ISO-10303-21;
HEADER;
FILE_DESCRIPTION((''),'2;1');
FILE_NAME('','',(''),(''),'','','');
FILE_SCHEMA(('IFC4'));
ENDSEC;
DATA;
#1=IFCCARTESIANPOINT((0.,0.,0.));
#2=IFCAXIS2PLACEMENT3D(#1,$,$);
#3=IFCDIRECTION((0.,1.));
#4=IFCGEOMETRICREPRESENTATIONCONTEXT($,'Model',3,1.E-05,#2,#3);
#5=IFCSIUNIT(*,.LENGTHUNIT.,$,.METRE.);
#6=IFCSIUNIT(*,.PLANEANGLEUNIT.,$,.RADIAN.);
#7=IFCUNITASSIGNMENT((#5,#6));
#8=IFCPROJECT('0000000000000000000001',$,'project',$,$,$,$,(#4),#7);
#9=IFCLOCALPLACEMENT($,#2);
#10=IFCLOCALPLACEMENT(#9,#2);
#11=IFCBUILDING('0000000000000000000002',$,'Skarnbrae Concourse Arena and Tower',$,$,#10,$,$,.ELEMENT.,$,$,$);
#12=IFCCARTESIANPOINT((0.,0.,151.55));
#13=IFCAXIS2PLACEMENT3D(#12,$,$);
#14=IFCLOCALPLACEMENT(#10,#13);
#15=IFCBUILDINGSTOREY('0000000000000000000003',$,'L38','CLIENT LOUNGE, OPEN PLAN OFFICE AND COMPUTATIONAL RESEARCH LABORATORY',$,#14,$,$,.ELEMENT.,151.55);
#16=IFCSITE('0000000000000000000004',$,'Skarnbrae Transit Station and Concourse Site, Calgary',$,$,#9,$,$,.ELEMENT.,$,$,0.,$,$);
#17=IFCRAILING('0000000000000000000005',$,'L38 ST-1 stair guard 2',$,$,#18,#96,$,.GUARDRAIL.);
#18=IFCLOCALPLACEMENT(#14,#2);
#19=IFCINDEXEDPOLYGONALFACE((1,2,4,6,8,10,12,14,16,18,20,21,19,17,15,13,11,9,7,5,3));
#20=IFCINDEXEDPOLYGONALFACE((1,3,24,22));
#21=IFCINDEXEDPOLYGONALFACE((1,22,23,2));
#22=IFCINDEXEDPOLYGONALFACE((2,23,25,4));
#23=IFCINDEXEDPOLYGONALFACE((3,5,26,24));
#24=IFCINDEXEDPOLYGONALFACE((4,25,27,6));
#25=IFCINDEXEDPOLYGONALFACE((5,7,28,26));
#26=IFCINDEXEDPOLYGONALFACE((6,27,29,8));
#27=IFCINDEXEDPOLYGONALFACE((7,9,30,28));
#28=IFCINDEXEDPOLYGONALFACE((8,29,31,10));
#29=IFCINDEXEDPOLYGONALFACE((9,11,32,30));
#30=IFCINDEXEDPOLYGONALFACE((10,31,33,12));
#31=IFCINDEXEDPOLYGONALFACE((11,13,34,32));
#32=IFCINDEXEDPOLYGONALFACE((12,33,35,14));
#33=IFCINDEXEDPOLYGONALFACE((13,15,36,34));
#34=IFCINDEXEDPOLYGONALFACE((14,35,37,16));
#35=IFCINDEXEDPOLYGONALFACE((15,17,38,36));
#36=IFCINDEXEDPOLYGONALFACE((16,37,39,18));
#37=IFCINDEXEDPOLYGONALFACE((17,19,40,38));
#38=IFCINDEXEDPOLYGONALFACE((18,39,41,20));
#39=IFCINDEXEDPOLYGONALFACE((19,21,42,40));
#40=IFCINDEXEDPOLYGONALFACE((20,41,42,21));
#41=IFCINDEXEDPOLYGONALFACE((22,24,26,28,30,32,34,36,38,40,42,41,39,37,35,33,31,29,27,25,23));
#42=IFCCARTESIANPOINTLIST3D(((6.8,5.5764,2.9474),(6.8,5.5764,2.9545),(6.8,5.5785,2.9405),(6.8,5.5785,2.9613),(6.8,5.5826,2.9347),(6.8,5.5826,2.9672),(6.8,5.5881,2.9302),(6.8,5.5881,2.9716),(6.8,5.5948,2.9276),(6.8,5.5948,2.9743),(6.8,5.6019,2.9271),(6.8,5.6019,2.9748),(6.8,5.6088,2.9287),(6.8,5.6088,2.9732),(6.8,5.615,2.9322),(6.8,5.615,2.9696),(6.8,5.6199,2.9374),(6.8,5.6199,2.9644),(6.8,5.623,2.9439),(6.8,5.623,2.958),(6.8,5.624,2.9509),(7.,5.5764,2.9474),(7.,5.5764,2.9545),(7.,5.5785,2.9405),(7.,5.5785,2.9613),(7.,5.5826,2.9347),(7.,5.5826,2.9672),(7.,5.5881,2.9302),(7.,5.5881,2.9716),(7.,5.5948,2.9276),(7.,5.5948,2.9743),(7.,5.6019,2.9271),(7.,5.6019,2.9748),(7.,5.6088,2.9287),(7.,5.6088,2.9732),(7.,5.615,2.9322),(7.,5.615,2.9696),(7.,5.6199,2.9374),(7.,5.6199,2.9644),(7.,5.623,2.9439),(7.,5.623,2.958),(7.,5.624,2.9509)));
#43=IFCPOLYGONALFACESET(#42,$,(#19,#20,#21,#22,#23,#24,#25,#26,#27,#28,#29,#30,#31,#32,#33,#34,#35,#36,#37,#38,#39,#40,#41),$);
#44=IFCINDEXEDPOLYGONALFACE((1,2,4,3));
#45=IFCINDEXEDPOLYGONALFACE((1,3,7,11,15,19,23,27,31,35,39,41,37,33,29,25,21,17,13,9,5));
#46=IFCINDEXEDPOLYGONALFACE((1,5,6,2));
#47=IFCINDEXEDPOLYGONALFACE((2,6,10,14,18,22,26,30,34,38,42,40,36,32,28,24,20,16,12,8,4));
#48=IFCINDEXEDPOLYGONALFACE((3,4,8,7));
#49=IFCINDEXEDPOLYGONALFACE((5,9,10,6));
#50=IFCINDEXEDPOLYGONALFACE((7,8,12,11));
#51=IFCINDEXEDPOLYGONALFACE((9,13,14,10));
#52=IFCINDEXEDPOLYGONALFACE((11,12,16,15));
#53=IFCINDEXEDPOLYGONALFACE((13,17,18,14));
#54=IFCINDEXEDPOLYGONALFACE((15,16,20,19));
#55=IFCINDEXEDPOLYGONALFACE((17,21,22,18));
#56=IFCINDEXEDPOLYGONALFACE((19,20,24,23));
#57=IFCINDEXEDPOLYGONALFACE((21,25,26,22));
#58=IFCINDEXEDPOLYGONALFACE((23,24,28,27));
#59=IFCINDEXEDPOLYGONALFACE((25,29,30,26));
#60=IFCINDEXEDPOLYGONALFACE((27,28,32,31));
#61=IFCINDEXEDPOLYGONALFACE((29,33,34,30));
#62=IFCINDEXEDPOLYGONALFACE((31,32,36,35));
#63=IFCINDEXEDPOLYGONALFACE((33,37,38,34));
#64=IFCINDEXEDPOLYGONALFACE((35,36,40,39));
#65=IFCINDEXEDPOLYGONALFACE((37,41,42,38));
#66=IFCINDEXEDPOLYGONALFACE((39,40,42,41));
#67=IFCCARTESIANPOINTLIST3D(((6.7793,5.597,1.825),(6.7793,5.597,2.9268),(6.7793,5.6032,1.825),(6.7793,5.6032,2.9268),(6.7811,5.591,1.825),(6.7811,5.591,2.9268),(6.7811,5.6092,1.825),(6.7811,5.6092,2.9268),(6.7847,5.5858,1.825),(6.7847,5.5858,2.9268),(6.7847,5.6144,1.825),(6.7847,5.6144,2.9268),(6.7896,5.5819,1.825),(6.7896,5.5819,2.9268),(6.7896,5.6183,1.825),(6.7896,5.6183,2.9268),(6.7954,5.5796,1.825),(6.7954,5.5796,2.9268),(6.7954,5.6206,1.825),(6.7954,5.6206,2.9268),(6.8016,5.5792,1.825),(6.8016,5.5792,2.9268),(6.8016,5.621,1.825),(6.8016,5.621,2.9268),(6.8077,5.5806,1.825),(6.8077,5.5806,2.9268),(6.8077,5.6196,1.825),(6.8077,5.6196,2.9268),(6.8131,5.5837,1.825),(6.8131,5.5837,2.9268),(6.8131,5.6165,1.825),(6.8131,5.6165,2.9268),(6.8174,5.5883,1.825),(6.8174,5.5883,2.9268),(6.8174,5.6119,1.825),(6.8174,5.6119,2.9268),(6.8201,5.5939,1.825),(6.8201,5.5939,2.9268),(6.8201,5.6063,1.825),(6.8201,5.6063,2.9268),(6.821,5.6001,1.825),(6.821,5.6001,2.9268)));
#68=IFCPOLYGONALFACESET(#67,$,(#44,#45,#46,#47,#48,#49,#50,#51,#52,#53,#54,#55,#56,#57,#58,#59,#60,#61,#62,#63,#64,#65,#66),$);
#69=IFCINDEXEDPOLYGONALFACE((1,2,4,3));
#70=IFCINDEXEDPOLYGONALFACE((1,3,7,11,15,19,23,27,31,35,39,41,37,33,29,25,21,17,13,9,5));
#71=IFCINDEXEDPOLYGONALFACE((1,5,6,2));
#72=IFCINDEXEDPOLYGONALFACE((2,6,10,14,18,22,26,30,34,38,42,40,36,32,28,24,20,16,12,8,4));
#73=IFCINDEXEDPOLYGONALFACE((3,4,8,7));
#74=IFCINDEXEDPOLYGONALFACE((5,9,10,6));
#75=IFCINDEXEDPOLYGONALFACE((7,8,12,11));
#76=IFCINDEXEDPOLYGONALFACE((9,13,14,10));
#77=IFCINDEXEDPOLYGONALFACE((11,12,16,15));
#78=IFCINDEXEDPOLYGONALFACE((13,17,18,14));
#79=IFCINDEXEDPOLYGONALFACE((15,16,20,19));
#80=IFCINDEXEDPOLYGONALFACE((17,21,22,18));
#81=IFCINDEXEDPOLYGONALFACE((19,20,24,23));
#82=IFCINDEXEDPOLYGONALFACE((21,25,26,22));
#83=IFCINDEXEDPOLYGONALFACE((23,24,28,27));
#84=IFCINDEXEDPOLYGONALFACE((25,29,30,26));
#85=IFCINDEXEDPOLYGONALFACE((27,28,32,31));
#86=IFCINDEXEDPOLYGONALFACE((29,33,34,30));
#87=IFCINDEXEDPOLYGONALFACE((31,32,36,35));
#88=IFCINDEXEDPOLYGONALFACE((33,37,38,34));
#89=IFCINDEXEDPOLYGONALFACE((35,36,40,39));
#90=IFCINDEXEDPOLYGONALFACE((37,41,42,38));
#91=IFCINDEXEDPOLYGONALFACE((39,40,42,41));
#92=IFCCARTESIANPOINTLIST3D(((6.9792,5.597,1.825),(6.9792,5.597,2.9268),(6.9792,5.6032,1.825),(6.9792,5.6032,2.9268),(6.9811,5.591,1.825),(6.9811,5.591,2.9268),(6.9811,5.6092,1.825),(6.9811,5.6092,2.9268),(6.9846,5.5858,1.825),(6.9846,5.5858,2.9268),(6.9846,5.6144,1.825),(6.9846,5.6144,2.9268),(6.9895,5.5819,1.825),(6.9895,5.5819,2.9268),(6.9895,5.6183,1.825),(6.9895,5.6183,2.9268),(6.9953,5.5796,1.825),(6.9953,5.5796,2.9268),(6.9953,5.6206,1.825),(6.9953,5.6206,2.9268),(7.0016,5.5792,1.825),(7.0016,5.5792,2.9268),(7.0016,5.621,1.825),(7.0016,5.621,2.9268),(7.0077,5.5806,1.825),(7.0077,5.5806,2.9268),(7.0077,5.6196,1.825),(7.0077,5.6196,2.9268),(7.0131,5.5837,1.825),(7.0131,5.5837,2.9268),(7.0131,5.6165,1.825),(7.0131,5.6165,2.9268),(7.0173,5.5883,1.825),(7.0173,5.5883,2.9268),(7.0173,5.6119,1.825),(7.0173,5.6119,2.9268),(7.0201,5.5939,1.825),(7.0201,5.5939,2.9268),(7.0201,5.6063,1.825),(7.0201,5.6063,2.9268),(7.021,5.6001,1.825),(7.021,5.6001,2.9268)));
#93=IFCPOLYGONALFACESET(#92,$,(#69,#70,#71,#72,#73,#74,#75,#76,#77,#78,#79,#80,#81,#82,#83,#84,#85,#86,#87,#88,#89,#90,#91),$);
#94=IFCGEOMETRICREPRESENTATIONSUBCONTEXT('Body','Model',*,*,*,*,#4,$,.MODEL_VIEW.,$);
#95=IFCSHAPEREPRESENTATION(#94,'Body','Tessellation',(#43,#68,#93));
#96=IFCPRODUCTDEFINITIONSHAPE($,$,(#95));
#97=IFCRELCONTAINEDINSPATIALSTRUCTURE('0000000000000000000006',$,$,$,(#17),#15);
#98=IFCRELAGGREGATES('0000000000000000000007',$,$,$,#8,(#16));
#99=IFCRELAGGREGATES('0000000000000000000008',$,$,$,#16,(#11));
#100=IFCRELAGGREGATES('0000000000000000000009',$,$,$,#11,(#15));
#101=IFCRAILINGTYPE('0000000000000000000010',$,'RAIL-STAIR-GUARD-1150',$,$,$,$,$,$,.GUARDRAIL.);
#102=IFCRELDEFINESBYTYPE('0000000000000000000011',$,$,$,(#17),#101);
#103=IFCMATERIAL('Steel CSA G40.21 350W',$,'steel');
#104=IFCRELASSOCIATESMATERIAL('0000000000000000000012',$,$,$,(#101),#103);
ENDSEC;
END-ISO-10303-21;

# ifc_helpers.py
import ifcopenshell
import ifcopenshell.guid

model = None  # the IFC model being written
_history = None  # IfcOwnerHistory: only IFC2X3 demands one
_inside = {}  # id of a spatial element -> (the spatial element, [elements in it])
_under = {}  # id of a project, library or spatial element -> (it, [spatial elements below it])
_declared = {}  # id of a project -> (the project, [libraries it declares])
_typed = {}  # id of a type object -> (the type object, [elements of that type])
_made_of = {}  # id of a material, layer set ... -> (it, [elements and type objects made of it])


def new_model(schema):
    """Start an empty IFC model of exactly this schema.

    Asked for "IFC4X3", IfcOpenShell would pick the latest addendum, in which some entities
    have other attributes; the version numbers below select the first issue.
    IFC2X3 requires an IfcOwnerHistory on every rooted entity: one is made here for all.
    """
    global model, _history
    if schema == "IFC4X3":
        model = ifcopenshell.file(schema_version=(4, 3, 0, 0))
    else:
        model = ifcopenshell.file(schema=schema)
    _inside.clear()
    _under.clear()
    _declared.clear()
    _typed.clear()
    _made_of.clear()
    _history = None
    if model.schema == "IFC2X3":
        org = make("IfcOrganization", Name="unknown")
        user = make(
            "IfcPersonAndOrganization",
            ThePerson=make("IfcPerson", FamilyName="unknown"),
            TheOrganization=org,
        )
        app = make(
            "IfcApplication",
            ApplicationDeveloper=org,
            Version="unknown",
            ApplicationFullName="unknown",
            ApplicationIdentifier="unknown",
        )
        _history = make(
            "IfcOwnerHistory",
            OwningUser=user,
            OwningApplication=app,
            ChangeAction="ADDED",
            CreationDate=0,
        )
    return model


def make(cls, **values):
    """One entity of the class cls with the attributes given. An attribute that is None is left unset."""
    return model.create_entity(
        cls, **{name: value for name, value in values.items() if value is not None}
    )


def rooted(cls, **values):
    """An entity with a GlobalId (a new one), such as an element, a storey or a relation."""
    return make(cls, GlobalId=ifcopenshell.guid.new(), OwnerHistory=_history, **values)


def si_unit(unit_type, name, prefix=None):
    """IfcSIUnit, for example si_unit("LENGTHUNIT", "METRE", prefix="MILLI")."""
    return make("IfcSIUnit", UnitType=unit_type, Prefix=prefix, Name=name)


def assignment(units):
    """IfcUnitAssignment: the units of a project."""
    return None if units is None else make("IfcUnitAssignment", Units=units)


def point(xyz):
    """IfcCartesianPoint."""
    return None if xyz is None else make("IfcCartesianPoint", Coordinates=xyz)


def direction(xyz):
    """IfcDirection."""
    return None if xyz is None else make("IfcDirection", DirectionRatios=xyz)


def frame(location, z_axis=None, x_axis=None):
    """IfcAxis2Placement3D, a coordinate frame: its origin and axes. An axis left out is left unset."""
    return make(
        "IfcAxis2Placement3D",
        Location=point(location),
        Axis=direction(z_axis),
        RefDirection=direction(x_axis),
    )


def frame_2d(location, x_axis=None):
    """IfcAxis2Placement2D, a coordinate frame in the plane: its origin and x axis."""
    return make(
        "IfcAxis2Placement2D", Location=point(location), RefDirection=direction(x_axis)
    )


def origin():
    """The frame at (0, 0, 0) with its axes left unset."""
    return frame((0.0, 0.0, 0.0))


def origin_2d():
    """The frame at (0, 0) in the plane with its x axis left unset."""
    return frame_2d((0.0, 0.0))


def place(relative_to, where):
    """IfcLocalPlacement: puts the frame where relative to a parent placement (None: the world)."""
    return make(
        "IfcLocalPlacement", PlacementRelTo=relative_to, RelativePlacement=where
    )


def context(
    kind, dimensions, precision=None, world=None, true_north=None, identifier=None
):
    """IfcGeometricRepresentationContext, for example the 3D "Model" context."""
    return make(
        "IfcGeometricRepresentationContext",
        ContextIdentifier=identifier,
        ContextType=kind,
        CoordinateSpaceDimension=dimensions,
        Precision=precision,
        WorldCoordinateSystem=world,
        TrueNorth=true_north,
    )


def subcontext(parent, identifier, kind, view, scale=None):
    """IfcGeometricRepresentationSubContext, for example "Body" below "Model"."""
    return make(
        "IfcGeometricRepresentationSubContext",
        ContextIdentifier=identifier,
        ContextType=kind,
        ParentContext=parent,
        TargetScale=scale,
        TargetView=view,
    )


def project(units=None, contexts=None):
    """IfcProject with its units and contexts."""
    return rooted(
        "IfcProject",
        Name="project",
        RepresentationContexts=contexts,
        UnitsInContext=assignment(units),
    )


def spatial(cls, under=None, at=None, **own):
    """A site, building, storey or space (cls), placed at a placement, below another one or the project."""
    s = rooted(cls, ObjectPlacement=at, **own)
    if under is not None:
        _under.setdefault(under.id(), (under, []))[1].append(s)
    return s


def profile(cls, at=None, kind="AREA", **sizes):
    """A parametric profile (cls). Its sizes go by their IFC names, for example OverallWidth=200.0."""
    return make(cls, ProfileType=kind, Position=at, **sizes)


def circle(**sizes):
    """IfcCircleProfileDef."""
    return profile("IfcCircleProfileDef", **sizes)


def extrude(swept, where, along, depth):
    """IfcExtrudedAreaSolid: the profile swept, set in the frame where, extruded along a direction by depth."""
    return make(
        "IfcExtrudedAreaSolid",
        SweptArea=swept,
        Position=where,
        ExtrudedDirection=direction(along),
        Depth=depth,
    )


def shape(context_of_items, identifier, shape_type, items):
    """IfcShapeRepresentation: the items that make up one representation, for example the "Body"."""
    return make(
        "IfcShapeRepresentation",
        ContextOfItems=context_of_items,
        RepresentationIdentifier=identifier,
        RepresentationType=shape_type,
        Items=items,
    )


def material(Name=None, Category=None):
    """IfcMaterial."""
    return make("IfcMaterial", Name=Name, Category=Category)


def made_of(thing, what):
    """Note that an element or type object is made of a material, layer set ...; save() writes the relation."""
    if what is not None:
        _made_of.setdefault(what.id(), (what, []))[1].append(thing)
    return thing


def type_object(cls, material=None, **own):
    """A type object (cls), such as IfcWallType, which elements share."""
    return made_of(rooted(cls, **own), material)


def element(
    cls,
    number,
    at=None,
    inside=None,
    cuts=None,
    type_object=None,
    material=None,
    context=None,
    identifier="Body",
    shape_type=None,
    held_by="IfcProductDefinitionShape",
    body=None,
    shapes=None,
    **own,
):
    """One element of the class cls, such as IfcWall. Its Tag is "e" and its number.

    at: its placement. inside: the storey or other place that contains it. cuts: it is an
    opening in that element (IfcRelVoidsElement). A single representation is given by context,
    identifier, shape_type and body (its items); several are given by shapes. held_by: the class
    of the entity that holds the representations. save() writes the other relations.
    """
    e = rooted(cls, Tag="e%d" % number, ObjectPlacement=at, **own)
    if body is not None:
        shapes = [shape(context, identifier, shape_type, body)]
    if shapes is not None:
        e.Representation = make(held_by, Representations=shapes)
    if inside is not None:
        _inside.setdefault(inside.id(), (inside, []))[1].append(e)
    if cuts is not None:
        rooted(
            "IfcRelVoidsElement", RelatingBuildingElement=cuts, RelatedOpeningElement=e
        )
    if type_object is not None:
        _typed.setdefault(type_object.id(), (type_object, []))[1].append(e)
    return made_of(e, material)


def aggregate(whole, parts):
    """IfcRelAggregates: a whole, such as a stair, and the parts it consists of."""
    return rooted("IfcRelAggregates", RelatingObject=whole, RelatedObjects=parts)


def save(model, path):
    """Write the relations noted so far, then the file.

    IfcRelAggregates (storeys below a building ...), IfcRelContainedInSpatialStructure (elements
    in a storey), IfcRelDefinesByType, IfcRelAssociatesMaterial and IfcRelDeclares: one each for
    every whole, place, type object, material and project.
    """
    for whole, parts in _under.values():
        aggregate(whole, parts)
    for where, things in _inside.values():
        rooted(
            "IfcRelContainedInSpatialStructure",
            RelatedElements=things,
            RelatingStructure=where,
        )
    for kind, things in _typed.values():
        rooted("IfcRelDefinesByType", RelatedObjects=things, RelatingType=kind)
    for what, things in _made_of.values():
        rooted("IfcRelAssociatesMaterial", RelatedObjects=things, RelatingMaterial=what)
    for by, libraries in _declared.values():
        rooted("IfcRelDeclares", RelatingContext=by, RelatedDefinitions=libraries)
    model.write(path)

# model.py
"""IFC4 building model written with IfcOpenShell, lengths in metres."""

from ifc_helpers import new_model, si_unit, direction, frame, origin, origin_2d, place, context, subcontext, project, spatial, circle, extrude, material, type_object, element, save


model = new_model("IFC4")

# Units and contexts
model_context = context("Model", 3, precision=1e-05, world=origin(), true_north=direction((0.0, 1.0)))
body_context = subcontext(model_context, "Body", "Model", "MODEL_VIEW")
ifc_project = project(units=[si_unit("LENGTHUNIT", "METRE"), si_unit("PLANEANGLEUNIT", "RADIAN")], contexts=[model_context])

# Site, building, storey
site_placement = place(None, origin())
site = spatial("IfcSite", under=ifc_project, at=site_placement, Name="Skarnbrae Transit Station and Concourse Site, Calgary", CompositionType="ELEMENT", RefElevation=0.0)
building_placement = place(site_placement, origin())
building = spatial("IfcBuilding", under=site, at=building_placement, Name="Skarnbrae Concourse Arena and Tower", CompositionType="ELEMENT")
storey_placement = place(building_placement, frame((0.0, 0.0, 151.55)))
storey = spatial("IfcBuildingStorey", under=building, at=storey_placement, Name="L38", Description="CLIENT LOUNGE, OPEN PLAN OFFICE AND COMPUTATIONAL RESEARCH LABORATORY", CompositionType="ELEMENT", Elevation=151.55)

# Railing
ifc_material_1 = material(Name="Steel CSA G40.21 350W", Category="steel")
railing_type_1 = type_object("IfcRailingType", Name="RAIL-STAIR-GUARD-1150", PredefinedType="GUARDRAIL", material=ifc_material_1)
railing_1_placement = place(storey_placement, frame((6.8, 5.6001, 1.825)))
element("IfcRailing", 1, at=railing_1_placement, inside=storey, type_object=railing_type_1, Name="L38 ST-1 stair guard 2", PredefinedType="GUARDRAIL", context=body_context, shape_type="SweptSolid", body=[
    extrude(circle(Radius=0.0239, at=origin_2d()), frame((0.0, 0.0, 1.126), z_axis=(1.0, 0.0, 0.0), x_axis=(0.0, 1.0, 0.0)), (0.0, 0.0, 1.0), 0.2),
    extrude(circle(Radius=0.021, at=origin_2d()), origin(), (0.0, 0.0, 1.0), 1.1018),
    extrude(circle(Radius=0.021, at=origin_2d()), frame((0.2, 0.0, 0.0)), (0.0, 0.0, 1.0), 1.1018),
])

save(model, "model.ifc")
